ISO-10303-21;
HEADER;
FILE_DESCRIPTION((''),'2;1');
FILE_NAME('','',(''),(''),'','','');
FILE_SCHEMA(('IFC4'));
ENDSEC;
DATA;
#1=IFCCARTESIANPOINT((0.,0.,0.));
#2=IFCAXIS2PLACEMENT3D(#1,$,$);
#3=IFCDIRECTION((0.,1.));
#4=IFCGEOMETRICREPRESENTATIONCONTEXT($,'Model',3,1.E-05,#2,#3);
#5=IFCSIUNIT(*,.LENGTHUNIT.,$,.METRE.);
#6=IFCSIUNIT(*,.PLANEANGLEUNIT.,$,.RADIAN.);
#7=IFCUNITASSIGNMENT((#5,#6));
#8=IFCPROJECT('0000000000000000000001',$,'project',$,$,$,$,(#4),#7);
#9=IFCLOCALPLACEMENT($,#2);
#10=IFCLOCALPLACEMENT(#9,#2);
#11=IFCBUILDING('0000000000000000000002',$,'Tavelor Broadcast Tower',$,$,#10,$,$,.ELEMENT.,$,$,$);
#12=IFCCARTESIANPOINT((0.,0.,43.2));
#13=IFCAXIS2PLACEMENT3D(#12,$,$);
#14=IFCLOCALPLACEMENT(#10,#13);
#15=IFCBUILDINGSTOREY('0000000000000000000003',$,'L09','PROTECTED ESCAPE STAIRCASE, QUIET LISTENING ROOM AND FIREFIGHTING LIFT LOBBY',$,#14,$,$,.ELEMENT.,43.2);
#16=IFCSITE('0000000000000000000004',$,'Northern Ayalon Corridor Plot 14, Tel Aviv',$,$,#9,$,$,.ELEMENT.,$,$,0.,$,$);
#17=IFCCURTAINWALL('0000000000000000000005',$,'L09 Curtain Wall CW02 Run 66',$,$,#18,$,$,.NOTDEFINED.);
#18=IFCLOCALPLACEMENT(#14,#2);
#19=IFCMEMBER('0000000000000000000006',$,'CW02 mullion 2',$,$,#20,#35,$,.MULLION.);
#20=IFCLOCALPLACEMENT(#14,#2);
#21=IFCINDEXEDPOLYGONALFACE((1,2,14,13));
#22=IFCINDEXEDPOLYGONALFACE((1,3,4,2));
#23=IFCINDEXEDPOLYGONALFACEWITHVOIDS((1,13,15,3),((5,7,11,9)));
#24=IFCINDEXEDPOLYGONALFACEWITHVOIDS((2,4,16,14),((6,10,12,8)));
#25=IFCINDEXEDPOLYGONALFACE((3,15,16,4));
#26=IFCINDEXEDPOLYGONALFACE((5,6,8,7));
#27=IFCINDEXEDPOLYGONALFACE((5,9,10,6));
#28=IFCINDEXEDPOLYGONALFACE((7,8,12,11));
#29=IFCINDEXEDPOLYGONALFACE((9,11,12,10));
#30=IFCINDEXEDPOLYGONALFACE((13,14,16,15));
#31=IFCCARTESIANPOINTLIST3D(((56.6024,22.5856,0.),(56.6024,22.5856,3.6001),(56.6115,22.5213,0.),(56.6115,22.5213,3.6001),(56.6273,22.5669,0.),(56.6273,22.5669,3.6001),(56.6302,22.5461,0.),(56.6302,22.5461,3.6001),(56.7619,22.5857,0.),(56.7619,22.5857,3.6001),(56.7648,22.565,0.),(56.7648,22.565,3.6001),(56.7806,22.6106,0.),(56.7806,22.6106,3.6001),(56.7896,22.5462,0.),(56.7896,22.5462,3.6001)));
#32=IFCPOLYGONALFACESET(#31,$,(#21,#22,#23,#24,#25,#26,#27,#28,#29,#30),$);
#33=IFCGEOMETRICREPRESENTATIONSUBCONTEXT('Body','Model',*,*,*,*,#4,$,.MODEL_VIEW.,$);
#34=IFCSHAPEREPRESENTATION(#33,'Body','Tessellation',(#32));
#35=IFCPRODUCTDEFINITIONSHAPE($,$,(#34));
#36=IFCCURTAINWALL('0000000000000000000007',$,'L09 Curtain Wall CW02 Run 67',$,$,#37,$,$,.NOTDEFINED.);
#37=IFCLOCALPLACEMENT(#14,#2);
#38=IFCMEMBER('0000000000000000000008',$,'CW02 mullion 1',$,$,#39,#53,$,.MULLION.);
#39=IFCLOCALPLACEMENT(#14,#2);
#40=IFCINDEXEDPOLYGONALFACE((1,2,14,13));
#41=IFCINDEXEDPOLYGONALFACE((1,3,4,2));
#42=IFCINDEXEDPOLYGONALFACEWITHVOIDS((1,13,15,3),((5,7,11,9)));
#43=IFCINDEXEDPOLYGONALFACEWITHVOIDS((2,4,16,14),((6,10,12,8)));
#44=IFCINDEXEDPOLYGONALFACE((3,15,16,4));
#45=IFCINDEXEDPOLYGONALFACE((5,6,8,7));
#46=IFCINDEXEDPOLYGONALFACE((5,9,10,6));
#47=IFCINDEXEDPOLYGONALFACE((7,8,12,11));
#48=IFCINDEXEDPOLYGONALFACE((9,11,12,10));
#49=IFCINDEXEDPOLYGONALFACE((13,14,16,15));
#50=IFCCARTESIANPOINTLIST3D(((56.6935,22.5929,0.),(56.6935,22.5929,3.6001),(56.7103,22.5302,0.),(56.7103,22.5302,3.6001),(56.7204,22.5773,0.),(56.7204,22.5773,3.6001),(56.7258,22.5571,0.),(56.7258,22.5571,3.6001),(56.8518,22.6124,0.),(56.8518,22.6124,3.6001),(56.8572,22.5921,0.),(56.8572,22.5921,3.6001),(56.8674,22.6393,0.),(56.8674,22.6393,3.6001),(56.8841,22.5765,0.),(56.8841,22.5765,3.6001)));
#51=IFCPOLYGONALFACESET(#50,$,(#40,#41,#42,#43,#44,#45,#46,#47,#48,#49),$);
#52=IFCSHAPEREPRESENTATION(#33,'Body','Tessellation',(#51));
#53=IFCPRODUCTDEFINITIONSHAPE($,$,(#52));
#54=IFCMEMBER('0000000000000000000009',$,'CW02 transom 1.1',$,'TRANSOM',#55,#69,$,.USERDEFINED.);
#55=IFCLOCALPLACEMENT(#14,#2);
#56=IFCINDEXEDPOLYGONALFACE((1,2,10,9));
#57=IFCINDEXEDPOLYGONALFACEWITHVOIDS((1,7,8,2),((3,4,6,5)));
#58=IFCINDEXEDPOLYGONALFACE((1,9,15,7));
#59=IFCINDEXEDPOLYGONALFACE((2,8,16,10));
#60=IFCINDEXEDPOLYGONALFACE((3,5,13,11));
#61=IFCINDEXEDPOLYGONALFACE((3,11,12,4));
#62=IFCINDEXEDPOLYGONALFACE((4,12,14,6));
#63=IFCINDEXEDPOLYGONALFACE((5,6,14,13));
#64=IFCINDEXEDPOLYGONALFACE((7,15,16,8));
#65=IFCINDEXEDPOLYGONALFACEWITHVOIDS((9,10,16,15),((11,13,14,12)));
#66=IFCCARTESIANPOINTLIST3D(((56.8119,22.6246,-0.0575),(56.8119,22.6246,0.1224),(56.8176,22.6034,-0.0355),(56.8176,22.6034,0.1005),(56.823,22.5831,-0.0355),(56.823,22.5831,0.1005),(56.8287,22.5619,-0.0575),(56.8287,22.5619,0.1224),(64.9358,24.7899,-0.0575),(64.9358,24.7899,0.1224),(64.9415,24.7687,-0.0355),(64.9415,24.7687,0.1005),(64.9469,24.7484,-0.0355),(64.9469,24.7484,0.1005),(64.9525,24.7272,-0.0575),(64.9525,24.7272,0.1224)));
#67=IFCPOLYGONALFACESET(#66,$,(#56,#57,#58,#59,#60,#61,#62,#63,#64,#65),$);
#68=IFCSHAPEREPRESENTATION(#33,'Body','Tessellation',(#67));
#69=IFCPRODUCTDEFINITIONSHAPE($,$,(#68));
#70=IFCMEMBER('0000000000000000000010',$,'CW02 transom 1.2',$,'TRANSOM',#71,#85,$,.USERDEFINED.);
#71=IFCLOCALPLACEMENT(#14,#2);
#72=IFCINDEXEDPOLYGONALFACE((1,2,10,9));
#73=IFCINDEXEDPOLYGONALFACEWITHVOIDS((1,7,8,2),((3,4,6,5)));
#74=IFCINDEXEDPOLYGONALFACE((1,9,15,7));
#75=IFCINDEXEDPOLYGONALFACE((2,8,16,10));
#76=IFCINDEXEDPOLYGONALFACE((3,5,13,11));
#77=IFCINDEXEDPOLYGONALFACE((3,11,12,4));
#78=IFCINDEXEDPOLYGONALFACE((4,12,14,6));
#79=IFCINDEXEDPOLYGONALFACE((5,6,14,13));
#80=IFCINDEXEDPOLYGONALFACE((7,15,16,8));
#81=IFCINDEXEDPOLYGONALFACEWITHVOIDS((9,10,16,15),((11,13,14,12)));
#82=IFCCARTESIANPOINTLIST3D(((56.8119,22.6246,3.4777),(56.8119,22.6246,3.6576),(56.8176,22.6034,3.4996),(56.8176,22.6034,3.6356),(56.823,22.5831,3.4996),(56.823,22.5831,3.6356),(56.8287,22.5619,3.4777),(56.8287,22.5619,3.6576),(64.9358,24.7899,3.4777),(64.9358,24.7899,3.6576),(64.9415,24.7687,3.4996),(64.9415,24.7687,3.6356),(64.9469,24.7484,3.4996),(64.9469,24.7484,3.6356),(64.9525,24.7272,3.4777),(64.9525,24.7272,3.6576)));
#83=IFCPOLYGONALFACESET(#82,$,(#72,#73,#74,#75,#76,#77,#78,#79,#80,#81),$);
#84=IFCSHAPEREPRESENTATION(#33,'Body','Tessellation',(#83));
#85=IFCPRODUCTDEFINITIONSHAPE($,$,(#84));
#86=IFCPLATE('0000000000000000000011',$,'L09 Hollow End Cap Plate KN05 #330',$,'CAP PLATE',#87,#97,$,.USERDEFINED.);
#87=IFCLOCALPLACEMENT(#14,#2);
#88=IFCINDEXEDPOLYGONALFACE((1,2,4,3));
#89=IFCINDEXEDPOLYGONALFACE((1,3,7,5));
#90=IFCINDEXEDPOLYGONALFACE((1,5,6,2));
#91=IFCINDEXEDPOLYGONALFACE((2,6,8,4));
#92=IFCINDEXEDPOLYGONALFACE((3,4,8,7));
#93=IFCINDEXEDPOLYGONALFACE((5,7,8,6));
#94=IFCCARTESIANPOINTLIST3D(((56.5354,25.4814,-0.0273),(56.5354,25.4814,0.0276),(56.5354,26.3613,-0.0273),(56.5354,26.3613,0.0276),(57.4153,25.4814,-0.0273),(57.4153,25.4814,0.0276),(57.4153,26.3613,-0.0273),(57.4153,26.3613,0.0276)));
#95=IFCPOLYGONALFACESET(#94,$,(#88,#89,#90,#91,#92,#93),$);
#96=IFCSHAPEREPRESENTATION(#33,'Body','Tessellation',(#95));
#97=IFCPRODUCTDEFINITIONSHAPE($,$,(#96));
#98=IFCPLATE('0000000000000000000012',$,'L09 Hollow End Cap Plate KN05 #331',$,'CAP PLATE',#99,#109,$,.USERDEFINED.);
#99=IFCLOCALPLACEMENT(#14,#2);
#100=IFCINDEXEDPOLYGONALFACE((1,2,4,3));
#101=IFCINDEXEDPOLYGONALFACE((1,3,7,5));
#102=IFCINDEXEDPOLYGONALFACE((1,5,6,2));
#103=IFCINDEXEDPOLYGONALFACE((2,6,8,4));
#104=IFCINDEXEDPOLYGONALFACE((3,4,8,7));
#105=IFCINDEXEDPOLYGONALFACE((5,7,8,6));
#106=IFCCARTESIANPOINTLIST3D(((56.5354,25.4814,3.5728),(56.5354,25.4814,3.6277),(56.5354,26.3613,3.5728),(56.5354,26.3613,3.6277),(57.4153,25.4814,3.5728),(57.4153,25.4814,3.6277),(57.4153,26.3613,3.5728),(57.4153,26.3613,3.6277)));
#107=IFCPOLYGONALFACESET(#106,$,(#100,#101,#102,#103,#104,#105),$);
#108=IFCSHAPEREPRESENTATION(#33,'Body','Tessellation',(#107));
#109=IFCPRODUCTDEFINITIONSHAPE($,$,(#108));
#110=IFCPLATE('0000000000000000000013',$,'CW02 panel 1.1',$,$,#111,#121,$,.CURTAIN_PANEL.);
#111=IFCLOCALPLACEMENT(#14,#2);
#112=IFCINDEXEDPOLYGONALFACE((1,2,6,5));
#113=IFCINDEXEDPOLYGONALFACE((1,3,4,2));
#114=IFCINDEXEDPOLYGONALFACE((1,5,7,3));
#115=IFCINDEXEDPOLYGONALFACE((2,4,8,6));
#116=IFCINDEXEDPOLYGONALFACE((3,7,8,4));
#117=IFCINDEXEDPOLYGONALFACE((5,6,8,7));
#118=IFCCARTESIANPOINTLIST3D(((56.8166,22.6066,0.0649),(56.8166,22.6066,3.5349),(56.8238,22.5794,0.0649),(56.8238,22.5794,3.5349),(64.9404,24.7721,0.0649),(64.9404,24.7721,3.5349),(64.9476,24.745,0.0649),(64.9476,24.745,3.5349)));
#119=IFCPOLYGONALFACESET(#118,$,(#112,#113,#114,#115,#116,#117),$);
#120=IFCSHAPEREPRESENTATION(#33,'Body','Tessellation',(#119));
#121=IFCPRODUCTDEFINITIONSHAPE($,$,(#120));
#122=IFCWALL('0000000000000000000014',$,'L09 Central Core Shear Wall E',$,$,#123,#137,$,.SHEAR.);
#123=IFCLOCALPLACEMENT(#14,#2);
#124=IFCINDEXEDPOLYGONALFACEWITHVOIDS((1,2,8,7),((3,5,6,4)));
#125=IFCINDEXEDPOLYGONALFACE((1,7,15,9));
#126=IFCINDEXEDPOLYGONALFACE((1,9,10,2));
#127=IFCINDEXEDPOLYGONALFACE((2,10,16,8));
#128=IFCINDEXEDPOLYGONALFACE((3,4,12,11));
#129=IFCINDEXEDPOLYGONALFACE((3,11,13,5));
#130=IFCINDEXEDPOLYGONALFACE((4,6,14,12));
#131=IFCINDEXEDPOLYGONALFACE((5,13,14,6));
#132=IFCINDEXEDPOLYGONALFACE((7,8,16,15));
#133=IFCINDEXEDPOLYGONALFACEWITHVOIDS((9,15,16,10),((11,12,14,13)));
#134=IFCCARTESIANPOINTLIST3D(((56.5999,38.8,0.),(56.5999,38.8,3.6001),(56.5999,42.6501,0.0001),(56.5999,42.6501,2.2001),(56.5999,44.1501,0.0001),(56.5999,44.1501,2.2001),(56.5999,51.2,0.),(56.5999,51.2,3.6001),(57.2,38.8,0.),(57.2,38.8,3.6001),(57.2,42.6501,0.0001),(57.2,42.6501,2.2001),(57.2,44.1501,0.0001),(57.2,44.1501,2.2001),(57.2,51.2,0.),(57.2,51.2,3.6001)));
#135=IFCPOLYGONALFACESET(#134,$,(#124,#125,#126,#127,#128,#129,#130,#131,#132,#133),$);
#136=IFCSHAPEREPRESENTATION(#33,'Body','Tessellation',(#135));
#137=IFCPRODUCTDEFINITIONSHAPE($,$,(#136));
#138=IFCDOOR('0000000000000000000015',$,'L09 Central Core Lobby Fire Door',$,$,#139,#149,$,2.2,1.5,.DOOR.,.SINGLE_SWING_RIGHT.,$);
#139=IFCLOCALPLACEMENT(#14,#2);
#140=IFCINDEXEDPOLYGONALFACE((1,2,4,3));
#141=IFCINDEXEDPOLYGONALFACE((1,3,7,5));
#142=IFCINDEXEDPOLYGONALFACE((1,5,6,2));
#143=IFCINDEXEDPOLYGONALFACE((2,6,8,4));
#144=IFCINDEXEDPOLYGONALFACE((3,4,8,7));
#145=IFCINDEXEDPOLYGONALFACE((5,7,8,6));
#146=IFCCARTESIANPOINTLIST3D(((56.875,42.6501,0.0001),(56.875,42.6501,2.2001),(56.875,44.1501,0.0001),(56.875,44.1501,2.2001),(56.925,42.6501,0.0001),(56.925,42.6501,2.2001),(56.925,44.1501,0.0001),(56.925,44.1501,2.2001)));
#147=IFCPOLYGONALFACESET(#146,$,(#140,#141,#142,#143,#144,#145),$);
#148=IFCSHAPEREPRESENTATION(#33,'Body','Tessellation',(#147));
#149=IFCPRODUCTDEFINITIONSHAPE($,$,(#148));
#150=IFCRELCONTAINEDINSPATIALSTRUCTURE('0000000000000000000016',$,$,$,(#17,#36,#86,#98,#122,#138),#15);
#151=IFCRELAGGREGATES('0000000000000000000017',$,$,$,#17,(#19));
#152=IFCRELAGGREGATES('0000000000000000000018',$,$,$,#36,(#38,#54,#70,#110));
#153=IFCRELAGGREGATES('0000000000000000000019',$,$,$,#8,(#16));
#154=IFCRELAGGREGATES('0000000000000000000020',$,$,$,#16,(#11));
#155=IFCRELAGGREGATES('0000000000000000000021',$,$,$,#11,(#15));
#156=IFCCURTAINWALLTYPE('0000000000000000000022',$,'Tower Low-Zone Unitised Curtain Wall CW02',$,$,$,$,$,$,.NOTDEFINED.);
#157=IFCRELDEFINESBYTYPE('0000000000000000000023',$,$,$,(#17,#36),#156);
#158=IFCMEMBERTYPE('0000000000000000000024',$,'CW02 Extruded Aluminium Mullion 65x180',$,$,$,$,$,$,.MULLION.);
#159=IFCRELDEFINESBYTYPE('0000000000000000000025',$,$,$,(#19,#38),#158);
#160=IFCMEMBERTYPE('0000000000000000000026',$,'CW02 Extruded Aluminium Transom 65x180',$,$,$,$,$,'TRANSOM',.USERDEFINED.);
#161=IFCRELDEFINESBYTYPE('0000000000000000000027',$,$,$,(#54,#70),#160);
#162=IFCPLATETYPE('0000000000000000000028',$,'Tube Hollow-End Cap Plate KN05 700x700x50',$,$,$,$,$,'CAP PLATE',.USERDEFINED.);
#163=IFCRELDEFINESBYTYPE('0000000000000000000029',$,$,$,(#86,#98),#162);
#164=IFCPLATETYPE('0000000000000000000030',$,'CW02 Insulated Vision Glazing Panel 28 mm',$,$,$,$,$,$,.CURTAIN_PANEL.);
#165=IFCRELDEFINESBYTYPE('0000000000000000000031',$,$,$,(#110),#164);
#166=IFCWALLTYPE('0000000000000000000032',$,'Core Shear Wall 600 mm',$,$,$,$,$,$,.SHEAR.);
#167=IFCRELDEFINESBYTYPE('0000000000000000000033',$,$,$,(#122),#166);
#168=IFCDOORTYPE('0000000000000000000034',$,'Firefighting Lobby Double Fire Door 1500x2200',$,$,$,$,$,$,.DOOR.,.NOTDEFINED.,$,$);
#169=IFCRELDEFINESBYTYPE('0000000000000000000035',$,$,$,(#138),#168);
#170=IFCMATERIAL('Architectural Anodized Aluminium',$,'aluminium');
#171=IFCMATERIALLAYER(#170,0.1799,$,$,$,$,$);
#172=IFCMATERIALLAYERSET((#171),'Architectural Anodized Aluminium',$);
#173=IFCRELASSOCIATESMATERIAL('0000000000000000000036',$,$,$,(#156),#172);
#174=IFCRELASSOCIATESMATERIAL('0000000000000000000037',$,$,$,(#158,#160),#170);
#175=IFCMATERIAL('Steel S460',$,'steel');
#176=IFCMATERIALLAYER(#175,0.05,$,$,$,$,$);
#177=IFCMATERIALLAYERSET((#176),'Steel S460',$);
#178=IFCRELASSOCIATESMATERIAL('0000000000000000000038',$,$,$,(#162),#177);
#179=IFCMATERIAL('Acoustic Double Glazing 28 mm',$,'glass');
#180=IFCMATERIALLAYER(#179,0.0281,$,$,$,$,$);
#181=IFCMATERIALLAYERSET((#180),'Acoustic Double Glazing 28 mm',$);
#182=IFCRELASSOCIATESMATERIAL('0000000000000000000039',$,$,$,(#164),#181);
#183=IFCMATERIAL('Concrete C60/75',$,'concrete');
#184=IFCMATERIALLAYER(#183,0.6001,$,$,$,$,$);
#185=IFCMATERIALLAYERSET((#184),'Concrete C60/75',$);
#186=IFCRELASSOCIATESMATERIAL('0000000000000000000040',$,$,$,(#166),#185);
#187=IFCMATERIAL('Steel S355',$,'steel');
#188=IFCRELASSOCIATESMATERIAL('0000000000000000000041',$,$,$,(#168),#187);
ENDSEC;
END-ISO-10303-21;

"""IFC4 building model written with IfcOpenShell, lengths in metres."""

from ifc_helpers import new_model, si_unit, direction, frame, frame_2d, origin, origin_2d, place, context, subcontext, project, spatial, rectangle, hollow_rectangle, extrude, source, transform, mapped, material, layer, layer_set, material_profile, profile_set, type_object, type_shapes, element, fill, aggregate, save


model = new_model("IFC4")

# Units and contexts
model_context = context("Model", 3, precision=1e-05, world=origin(), true_north=direction((0.0, 1.0)))
body_context = subcontext(model_context, "Body", "Model", "MODEL_VIEW")
ifc_project = project(units=[si_unit("LENGTHUNIT", "METRE"), si_unit("PLANEANGLEUNIT", "RADIAN")], contexts=[model_context])

# Site, building, storey
site_placement = place(None, origin())
site = spatial("IfcSite", under=ifc_project, at=site_placement, Name="Northern Ayalon Corridor Plot 14, Tel Aviv", CompositionType="ELEMENT", RefElevation=0.0)
building_placement = place(site_placement, origin())
building = spatial("IfcBuilding", under=site, at=building_placement, Name="Tavelor Broadcast Tower", CompositionType="ELEMENT")
storey_placement = place(building_placement, frame((0.0, 0.0, 43.2)))
storey = spatial("IfcBuildingStorey", under=building, at=storey_placement, Name="L09", Description="PROTECTED ESCAPE STAIRCASE, QUIET LISTENING ROOM AND FIREFIGHTING LIFT LOBBY", CompositionType="ELEMENT", Elevation=43.2)

# Shared definitions
ifc_material_1 = material(Name="Concrete C60/75", Category="concrete")
ifc_material_2 = material(Name="Steel S460", Category="steel")

# Shared definitions
ifc_material_3 = material(Name="Steel S355", Category="steel")

# Curtain wall, member
ifc_material_4 = material(Name="Architectural Anodized Aluminium", Category="aluminium")
ifc_layer_1 = layer(ifc_material_4, 0.1799)
ifc_layer_set_1 = layer_set([ifc_layer_1], Name="Architectural Anodized Aluminium")
curtain_wall_type = type_object("IfcCurtainWallType", Name="Tower Low-Zone Unitised Curtain Wall CW02", PredefinedType="NOTDEFINED", material=ifc_layer_set_1)
curtain_wall_1_placement = place(storey_placement, origin())
curtain_wall_1 = element("IfcCurtainWall", 1, at=curtain_wall_1_placement, inside=storey, type_object=curtain_wall_type, Name="L09 Curtain Wall CW02 Run 66", PredefinedType="NOTDEFINED")
ifc_material_profile_1 = material_profile(ifc_material_4, hollow_rectangle(XDim=0.0649, YDim=0.1799, WallThickness=0.022, at=origin_2d()), Name="RHS 65x180x22")
ifc_profile_set_1 = profile_set([ifc_material_profile_1], Name="Architectural Anodized Aluminium")
member_type_1 = type_object("IfcMemberType", Name="CW02 Extruded Aluminium Mullion 65x180", PredefinedType="MULLION", material=ifc_profile_set_1)
shared_shape_1 = source(origin(), body_context, "Body", "SweptSolid", [
    extrude(hollow_rectangle(XDim=0.0649, YDim=0.1799, WallThickness=0.022, at=origin_2d()), origin(), (0.0, 0.0, 1.0), 3.6001),
])
type_shapes(member_type_1, [shared_shape_1])
member_1_placement = place(storey_placement, frame((56.696, 22.5659, 0.0), z_axis=(0.0, 0.0, 1.0), x_axis=(-0.138745, 0.990328, 0.0)))
member_1 = element("IfcMember", 2, at=member_1_placement, type_object=member_type_1, Name="CW02 mullion 2", PredefinedType="MULLION", context=body_context, shape_type="MappedRepresentation", body=[
    mapped(shared_shape_1, transform((0.0, 0.0, 0.0), scale=1.0)),
])
aggregate(curtain_wall_1, [member_1])

# Curtain wall, members
curtain_wall_2_placement = place(storey_placement, origin())
curtain_wall_2 = element("IfcCurtainWall", 3, at=curtain_wall_2_placement, inside=storey, type_object=curtain_wall_type, Name="L09 Curtain Wall CW02 Run 67", PredefinedType="NOTDEFINED")
member_2_placement = place(storey_placement, frame((56.7888, 22.5847, 0.0), z_axis=(0.0, 0.0, 1.0), x_axis=(-0.257574, 0.966259, 0.0)))
member_2 = element("IfcMember", 4, at=member_2_placement, type_object=member_type_1, Name="CW02 mullion 1", PredefinedType="MULLION", context=body_context, shape_type="MappedRepresentation", body=[
    mapped(shared_shape_1, transform((0.0, 0.0, 0.0), scale=1.0)),
])
ifc_material_profile_2 = material_profile(ifc_material_4, hollow_rectangle(XDim=0.0649, YDim=0.1799, WallThickness=0.022, at=origin_2d()), Name="RHS 65x180x22")
ifc_profile_set_2 = profile_set([ifc_material_profile_2], Name="Architectural Anodized Aluminium")
member_type_2 = type_object("IfcMemberType", Name="CW02 Extruded Aluminium Transom 65x180", ElementType="TRANSOM", PredefinedType="USERDEFINED", material=ifc_profile_set_2)
shared_shape_2 = source(origin(), body_context, "Body", "SweptSolid", [
    extrude(hollow_rectangle(XDim=0.0649, YDim=0.1799, WallThickness=0.022, at=origin_2d()), origin(), (0.0, 0.0, 1.0), 8.4075),
])
type_shapes(member_type_2, [shared_shape_2])
member_3_placement = place(storey_placement, frame((56.8203, 22.5933, 0.0325), z_axis=(0.966266, 0.257545, 0.0), x_axis=(-0.257545, 0.966266, 0.0)))
member_3 = element("IfcMember", 5, at=member_3_placement, type_object=member_type_2, Name="CW02 transom 1.1", ObjectType="TRANSOM", PredefinedType="USERDEFINED", context=body_context, shape_type="MappedRepresentation", body=[
    mapped(shared_shape_2, transform((0.0, 0.0, 0.0), scale=1.0)),
])
member_4_placement = place(storey_placement, frame((56.8203, 22.5933, 3.5676), z_axis=(0.966266, 0.257545, 0.0), x_axis=(-0.257545, 0.966266, 0.0)))
member_4 = element("IfcMember", 6, at=member_4_placement, type_object=member_type_2, Name="CW02 transom 1.2", ObjectType="TRANSOM", PredefinedType="USERDEFINED", context=body_context, shape_type="MappedRepresentation", body=[
    mapped(shared_shape_2, transform((0.0, 0.0, 0.0), scale=1.0)),
])

# Plates
ifc_layer_2 = layer(ifc_material_2, 0.05)
ifc_layer_set_2 = layer_set([ifc_layer_2], Name="Steel S460")
plate_type_1 = type_object("IfcPlateType", Name="Tube Hollow-End Cap Plate KN05 700x700x50", ElementType="CAP PLATE", PredefinedType="USERDEFINED", material=ifc_layer_set_2)
shared_shape_3 = source(origin(), body_context, "Body", "SweptSolid", [
    extrude(rectangle(XDim=0.8799, YDim=0.8799, at=origin_2d()), origin(), (0.0, 0.0, 1.0), 0.0549),
])
type_shapes(plate_type_1, [shared_shape_3])
for number, where, z_axis, x_axis, name in (
    (7, (56.9753, 25.9214, -0.0273), (0.0, 0.0, 1.0), (1.0, 0.0, 0.0), "L09 Hollow End Cap Plate KN05 #330"),
    (8, (56.9753, 25.9214, 3.5728), (0.0, 0.0, 1.0), (1.0, 0.0, 0.0), "L09 Hollow End Cap Plate KN05 #331"),
):
    element("IfcPlate", number, at=place(storey_placement, frame(where, z_axis=z_axis, x_axis=x_axis)), inside=storey, type_object=plate_type_1, Name=name, ObjectType="CAP PLATE", PredefinedType="USERDEFINED", context=body_context, shape_type="MappedRepresentation", body=[
        mapped(shared_shape_3, transform((0.0, 0.0, 0.0), scale=1.0)),
    ])

# Plate
ifc_material_5 = material(Name="Acoustic Double Glazing 28 mm", Category="glass")
ifc_layer_3 = layer(ifc_material_5, 0.0281)
ifc_layer_set_3 = layer_set([ifc_layer_3], Name="Acoustic Double Glazing 28 mm")
plate_type_2 = type_object("IfcPlateType", Name="CW02 Insulated Vision Glazing Panel 28 mm", PredefinedType="CURTAIN_PANEL", material=ifc_layer_set_3)
shared_shape_4 = source(origin(), body_context, "Body", "SweptSolid", [
    extrude(rectangle(XDim=8.4075, YDim=0.0281, at=origin_2d()), origin(), (0.0, 0.0, 1.0), 3.47),
])
type_shapes(plate_type_2, [shared_shape_4])
plate_placement = place(storey_placement, frame((60.8821, 23.6758, 0.0649), z_axis=(0.0, 0.0, 1.0), x_axis=(0.966259, 0.257574, 0.0)))
plate = element("IfcPlate", 9, at=plate_placement, type_object=plate_type_2, Name="CW02 panel 1.1", PredefinedType="CURTAIN_PANEL", context=body_context, shape_type="MappedRepresentation", body=[
    mapped(shared_shape_4, transform((0.0, 0.0, 0.0), scale=1.0)),
])
aggregate(curtain_wall_2, [member_2, member_3, member_4, plate])

# Wall, opening, door
ifc_layer_4 = layer(ifc_material_1, 0.6001)
ifc_layer_set_4 = layer_set([ifc_layer_4], Name="Concrete C60/75")
wall_type_1 = type_object("IfcWallType", Name="Core Shear Wall 600 mm", PredefinedType="SHEAR", material=ifc_layer_set_4)
wall_1_placement = place(storey_placement, frame((56.8999, 38.8, 0.0), z_axis=(0.0, 0.0, 1.0), x_axis=(0.0, 1.0, 0.0)))
wall_1 = element("IfcWall", 10, at=wall_1_placement, inside=storey, type_object=wall_type_1, Name="L09 Central Core Shear Wall E", PredefinedType="SHEAR", context=body_context, shape_type="SweptSolid", body=[
    extrude(rectangle(XDim=12.3999, YDim=0.6001, at=frame_2d((6.2, 0.0))), origin(), (0.0, 0.0, 1.0), 3.6001),
])
opening_1_placement = place(wall_1_placement, frame((3.8501, 0.0, 0.0)))
opening_1 = element("IfcOpeningElement", 11, at=opening_1_placement, cuts=wall_1, PredefinedType="OPENING", context=body_context, shape_type="SweptSolid", body=[
    extrude(rectangle(XDim=1.5, YDim=2.2, at=frame_2d((0.75, 1.1001))), frame((0.0, 0.3101, 0.0), z_axis=(0.0, -1.0, 0.0), x_axis=(1.0, 0.0, 0.0)), (0.0, 0.0, 1.0), 0.6201),
])
door_type_1 = type_object("IfcDoorType", Name="Firefighting Lobby Double Fire Door 1500x2200", OperationType="NOTDEFINED", PredefinedType="DOOR", material=ifc_material_3)
door_1_placement = place(opening_1_placement, origin())
door_1 = element("IfcDoor", 12, at=door_1_placement, inside=storey, type_object=door_type_1, Name="L09 Central Core Lobby Fire Door", OperationType="SINGLE_SWING_RIGHT", OverallHeight=2.2, OverallWidth=1.5, PredefinedType="DOOR", context=body_context, shape_type="SweptSolid", body=[
    extrude(rectangle(XDim=1.5, YDim=2.2, at=frame_2d((0.75, 1.1001))), frame((0.0, 0.0249, 0.0), z_axis=(0.0, -1.0, 0.0), x_axis=(1.0, 0.0, 0.0)), (0.0, 0.0, 1.0), 0.05),
])
fill(opening_1, door_1)

save(model, "model.ifc")
